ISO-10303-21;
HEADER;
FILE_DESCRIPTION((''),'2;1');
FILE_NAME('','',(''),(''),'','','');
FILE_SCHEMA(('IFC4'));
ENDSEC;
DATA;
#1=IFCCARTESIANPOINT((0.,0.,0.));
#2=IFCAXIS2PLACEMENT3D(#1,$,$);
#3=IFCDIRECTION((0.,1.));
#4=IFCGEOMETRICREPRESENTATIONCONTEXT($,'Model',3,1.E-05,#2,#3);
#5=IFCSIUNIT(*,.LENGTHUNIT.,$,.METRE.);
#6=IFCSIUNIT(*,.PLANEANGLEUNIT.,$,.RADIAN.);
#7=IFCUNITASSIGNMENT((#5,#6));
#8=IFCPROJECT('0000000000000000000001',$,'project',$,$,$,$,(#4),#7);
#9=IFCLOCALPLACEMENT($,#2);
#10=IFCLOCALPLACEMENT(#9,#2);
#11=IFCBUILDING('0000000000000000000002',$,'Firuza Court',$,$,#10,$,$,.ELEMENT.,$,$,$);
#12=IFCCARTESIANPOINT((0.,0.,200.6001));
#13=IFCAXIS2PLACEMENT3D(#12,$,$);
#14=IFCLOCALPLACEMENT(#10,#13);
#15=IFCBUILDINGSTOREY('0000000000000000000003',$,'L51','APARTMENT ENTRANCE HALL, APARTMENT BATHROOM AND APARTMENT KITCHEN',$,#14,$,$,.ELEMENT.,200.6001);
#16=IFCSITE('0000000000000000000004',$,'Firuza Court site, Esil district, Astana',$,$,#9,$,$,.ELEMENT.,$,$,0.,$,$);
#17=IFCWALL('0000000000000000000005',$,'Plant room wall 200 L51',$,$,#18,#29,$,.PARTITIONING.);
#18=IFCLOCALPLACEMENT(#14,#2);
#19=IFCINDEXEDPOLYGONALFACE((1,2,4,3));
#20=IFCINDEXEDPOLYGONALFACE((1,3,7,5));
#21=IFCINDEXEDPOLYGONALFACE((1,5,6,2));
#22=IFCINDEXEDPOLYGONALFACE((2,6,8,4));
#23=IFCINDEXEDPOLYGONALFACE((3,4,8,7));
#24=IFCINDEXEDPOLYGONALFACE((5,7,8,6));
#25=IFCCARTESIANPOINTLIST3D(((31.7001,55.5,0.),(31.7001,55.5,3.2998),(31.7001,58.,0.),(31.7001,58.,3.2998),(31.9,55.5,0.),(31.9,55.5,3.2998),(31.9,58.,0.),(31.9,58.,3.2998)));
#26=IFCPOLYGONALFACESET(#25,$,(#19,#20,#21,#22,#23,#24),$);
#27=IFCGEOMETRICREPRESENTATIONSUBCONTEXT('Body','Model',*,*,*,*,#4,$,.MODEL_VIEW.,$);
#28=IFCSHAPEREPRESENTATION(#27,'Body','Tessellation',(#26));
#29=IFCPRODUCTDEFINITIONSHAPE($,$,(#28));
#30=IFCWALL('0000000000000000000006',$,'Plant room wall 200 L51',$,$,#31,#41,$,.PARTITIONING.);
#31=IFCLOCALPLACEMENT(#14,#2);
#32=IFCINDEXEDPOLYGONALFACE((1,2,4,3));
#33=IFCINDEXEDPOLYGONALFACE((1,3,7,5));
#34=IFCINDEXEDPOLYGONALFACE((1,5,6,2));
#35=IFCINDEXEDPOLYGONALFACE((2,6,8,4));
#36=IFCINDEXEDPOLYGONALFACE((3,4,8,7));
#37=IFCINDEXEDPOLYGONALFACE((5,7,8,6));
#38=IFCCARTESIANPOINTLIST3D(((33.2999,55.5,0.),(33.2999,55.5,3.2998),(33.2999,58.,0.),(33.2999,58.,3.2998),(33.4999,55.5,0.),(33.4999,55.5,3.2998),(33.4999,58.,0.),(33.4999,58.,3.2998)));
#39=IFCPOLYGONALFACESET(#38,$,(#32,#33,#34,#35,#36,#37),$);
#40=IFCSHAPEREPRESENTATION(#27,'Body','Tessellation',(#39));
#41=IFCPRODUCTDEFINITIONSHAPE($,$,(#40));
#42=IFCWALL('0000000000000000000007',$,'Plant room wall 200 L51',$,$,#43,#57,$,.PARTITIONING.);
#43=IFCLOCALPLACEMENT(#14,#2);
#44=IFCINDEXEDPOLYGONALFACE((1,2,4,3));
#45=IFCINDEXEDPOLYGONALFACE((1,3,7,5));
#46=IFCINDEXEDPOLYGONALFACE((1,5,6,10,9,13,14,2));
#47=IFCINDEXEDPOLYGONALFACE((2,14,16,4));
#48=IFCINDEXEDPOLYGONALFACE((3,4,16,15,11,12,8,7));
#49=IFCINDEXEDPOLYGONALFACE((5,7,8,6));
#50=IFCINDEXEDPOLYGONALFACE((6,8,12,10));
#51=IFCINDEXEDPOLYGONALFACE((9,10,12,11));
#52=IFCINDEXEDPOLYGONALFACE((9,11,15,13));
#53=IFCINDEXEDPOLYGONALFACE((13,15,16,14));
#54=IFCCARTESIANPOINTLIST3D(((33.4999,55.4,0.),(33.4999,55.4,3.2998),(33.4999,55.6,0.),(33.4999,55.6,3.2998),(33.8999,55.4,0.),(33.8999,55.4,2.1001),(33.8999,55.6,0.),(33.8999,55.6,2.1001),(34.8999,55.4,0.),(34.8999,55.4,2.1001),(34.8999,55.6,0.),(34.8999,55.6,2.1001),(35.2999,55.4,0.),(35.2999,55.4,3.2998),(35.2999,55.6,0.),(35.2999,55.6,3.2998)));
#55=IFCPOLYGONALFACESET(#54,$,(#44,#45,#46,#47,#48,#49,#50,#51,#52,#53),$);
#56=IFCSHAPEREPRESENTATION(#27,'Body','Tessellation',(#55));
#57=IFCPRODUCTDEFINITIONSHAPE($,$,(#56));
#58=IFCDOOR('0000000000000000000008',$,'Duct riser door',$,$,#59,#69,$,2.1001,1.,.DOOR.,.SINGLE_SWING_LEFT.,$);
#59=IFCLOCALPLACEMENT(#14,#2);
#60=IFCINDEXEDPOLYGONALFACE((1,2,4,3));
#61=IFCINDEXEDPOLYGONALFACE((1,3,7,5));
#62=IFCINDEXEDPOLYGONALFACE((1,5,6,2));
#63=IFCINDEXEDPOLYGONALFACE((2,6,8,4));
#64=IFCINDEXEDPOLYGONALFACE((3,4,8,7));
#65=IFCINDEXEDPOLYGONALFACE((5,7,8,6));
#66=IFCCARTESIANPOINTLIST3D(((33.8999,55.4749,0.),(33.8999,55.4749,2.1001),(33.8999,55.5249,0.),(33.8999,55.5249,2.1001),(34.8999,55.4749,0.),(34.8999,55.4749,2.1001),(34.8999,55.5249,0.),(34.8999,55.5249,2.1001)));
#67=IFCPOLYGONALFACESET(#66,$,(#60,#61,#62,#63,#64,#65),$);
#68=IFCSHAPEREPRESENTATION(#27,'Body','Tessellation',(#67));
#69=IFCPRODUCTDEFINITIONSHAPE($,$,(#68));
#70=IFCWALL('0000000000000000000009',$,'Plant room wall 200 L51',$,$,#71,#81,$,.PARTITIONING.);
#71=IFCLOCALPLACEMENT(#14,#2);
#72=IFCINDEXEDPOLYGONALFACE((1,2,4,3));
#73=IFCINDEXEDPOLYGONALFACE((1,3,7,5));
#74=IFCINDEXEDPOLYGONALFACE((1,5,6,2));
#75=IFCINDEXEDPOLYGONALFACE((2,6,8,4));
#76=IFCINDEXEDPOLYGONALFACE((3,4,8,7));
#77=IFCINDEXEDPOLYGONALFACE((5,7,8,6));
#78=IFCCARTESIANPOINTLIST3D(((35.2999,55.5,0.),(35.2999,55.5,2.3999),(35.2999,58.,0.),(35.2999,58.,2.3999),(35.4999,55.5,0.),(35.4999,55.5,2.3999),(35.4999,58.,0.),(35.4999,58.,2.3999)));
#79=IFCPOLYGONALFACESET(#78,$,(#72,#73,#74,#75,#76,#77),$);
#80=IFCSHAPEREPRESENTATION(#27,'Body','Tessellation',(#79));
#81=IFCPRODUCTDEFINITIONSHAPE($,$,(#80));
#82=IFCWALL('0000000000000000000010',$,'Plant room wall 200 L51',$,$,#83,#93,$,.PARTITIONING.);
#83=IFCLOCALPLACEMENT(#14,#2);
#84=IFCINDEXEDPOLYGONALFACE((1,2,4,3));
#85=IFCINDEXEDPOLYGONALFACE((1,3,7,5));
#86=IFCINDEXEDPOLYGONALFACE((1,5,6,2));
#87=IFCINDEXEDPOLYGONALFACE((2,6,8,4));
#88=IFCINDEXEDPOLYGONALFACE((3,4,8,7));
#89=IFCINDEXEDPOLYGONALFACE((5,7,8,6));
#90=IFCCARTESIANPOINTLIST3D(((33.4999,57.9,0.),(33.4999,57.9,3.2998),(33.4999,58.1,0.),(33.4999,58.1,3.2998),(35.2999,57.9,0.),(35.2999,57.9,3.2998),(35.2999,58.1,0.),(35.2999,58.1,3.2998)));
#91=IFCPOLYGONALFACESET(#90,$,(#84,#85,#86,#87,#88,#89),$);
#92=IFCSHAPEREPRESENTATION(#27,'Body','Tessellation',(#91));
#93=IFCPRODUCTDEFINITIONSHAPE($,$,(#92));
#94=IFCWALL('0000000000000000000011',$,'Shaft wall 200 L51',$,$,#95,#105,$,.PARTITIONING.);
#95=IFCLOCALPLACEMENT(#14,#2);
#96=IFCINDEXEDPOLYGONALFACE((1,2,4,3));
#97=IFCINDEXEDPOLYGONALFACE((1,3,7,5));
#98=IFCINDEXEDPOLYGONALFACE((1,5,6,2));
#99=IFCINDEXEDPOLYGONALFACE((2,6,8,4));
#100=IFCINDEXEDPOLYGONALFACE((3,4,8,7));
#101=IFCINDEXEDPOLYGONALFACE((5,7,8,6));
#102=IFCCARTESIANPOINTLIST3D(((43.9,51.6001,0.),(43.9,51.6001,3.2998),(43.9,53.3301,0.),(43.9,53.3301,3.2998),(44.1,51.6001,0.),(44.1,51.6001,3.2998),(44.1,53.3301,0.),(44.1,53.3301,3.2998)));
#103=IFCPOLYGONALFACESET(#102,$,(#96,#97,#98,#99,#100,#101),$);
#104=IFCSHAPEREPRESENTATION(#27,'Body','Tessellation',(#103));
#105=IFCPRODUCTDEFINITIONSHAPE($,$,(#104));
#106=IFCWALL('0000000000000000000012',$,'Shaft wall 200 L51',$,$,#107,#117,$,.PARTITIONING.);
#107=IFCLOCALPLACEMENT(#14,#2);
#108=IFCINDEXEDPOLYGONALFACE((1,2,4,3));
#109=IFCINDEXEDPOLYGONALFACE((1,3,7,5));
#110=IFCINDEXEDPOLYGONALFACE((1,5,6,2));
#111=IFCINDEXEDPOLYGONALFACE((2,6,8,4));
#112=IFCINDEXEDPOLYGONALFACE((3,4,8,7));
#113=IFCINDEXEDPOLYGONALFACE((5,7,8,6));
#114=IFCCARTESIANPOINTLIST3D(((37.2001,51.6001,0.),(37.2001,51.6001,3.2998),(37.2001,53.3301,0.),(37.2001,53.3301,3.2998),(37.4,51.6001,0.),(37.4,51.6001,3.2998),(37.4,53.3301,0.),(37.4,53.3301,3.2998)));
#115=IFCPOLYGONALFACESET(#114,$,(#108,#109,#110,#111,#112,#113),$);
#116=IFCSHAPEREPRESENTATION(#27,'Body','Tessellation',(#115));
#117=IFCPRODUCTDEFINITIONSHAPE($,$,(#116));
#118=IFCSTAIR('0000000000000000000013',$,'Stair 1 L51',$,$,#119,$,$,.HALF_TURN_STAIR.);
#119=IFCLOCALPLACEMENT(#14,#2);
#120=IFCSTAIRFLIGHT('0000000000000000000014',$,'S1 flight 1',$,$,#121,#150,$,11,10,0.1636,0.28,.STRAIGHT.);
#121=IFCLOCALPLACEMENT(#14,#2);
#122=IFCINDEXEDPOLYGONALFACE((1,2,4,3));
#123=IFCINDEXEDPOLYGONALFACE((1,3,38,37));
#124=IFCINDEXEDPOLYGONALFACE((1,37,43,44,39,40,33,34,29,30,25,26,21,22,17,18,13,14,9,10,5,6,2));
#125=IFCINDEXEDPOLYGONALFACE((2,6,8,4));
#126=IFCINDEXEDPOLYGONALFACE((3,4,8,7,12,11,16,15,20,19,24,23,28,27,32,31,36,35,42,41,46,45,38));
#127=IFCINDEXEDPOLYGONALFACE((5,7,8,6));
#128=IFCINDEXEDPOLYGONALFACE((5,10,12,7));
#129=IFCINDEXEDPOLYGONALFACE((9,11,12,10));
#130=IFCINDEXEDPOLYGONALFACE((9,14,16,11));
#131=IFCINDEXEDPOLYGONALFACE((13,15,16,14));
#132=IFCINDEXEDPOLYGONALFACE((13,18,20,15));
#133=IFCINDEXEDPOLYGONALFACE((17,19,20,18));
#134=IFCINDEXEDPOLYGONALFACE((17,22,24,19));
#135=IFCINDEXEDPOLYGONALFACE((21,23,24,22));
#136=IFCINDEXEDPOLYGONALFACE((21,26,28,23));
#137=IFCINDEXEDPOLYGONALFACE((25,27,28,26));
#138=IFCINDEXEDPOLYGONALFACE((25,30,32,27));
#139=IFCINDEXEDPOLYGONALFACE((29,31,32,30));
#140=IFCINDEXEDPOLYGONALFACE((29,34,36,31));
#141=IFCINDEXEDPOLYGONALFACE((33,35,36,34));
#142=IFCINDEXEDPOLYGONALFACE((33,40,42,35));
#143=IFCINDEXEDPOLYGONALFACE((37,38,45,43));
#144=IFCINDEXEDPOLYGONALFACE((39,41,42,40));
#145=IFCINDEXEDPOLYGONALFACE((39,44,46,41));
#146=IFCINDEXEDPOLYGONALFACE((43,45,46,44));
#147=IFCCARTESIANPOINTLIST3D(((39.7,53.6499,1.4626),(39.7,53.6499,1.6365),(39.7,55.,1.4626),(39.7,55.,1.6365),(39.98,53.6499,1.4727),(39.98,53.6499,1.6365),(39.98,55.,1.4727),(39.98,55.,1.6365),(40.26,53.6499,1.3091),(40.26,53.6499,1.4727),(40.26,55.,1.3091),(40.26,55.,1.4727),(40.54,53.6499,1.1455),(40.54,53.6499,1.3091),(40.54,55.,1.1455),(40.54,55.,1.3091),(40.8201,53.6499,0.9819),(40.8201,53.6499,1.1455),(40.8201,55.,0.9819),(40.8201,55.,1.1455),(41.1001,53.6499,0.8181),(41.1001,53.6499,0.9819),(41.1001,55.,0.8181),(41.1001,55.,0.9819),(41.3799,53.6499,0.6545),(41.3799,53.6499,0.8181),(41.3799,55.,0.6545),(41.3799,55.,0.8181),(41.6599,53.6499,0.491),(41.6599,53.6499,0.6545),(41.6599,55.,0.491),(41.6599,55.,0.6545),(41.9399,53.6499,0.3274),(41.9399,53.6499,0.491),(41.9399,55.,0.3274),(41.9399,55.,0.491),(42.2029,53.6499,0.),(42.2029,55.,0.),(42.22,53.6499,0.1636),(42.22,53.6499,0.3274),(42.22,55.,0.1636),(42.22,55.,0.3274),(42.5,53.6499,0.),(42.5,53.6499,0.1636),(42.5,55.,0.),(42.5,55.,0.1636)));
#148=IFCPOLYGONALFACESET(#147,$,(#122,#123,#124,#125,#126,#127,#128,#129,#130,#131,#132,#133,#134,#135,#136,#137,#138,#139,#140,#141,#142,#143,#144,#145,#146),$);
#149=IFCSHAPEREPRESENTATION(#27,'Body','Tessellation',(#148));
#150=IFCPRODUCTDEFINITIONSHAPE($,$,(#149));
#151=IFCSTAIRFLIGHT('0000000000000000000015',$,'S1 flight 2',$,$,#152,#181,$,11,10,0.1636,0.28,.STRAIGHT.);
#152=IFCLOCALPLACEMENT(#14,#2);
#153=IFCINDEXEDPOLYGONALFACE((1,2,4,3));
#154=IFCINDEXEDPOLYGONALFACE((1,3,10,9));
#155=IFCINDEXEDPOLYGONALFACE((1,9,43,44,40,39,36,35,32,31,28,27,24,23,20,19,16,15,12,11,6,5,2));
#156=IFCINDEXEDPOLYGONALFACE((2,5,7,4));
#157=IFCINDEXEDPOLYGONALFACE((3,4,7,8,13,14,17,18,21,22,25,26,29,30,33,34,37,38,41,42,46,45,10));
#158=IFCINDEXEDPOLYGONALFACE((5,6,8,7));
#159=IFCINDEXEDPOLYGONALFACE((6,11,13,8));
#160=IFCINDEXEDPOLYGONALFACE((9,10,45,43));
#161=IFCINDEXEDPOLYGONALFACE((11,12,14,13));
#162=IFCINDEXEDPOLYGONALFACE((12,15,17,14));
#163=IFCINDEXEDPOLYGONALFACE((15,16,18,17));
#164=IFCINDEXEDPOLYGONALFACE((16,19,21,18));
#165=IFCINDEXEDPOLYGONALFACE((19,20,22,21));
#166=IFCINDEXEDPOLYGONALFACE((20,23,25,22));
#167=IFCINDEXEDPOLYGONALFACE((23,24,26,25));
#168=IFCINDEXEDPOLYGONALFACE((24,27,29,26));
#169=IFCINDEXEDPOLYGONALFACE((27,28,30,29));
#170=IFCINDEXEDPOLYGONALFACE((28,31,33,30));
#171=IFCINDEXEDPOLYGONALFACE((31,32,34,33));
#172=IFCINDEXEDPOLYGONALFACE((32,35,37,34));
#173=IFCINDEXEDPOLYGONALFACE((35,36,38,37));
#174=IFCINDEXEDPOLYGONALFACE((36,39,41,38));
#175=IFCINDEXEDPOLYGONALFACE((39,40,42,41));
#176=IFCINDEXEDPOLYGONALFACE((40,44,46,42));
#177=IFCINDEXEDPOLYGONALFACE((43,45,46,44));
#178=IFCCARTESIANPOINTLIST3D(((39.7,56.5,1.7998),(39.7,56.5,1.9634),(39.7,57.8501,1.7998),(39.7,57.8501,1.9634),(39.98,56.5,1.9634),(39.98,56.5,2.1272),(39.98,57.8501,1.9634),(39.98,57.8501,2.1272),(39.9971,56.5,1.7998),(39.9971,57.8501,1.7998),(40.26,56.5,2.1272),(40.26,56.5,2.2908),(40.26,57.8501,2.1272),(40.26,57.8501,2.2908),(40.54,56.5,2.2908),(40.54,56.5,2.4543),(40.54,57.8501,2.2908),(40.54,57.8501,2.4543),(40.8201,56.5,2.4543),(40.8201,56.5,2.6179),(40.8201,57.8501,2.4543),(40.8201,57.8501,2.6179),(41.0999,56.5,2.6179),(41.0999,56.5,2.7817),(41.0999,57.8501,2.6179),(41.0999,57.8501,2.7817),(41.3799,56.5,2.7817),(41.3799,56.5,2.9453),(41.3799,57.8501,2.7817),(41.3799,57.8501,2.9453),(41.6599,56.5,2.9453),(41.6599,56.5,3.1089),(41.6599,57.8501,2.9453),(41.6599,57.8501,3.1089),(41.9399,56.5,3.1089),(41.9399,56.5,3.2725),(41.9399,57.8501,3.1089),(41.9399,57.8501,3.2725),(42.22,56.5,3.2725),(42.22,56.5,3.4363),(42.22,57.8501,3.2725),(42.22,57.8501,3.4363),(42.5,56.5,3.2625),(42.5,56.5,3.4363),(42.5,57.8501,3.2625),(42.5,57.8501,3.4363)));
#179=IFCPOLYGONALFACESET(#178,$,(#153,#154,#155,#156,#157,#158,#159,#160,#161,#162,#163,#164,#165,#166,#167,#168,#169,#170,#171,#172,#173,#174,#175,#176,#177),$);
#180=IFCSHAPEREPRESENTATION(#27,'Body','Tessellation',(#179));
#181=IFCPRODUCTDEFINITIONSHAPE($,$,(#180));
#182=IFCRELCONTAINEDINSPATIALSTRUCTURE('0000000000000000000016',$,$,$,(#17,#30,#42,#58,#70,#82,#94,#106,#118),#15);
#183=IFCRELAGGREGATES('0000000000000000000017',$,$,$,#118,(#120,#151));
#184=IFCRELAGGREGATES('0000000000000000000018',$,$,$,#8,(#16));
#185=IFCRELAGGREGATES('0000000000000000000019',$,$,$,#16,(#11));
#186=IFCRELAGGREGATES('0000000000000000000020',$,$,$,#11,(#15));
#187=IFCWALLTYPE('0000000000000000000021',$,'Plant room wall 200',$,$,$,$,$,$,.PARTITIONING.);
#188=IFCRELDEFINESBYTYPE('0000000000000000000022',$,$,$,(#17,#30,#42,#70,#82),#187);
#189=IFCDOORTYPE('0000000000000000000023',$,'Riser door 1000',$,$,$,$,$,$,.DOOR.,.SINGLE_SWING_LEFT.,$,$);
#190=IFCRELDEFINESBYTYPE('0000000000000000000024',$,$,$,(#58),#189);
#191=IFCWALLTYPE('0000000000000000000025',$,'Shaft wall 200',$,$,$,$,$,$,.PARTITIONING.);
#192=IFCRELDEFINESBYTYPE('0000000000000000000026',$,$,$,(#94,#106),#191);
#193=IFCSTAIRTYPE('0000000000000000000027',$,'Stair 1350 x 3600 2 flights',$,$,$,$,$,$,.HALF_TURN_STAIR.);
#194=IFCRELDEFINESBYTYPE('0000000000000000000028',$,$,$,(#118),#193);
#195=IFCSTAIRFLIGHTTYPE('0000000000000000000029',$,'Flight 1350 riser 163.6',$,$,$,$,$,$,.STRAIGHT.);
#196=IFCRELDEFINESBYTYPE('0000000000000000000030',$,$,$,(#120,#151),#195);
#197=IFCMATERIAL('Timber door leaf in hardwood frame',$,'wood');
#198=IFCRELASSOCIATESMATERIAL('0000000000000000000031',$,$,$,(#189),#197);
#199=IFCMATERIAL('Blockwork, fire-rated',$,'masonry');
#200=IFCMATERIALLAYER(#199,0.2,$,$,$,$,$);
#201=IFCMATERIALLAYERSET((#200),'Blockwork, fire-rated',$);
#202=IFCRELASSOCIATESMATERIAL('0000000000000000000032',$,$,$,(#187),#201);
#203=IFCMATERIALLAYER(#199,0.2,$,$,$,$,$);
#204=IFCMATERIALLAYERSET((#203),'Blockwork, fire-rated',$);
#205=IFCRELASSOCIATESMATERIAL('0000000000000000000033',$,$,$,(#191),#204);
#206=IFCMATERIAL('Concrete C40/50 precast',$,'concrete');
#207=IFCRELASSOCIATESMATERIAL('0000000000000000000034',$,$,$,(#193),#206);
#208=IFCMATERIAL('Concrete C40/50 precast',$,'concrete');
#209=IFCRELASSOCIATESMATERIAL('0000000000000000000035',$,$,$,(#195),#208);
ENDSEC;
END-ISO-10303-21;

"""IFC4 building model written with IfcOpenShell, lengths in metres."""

from ifc_helpers import new_model, si_unit, direction, frame, frame_2d, origin, place, context, subcontext, project, spatial, polyline, rectangle, outline, extrude, material, layer, layer_set, type_object, element, fill, aggregate, save


model = new_model("IFC4")

# Units and contexts
model_context = context("Model", 3, precision=1e-05, world=origin(), true_north=direction((0.0, 1.0)))
body_context = subcontext(model_context, "Body", "Model", "MODEL_VIEW")
ifc_project = project(units=[si_unit("LENGTHUNIT", "METRE"), si_unit("PLANEANGLEUNIT", "RADIAN")], contexts=[model_context])

# Site, building, storey
site_placement = place(None, origin())
site = spatial("IfcSite", under=ifc_project, at=site_placement, Name="Firuza Court site, Esil district, Astana", CompositionType="ELEMENT", RefElevation=0.0)
building_placement = place(site_placement, origin())
building = spatial("IfcBuilding", under=site, at=building_placement, Name="Firuza Court", CompositionType="ELEMENT")
storey_placement = place(building_placement, frame((0.0, 0.0, 200.6001)))
storey = spatial("IfcBuildingStorey", under=building, at=storey_placement, Name="L51", Description="APARTMENT ENTRANCE HALL, APARTMENT BATHROOM AND APARTMENT KITCHEN", CompositionType="ELEMENT", Elevation=200.6001)

# Shared definitions
ifc_material_1 = material(Name="Timber door leaf in hardwood frame", Category="wood")
door_type_1 = type_object("IfcDoorType", Name="Riser door 1000", OperationType="SINGLE_SWING_LEFT", PredefinedType="DOOR", material=ifc_material_1)

# Walls
ifc_material_2 = material(Name="Blockwork, fire-rated", Category="masonry")
ifc_layer_1 = layer(ifc_material_2, 0.2)
ifc_layer_set_1 = layer_set([ifc_layer_1], Name="Blockwork, fire-rated")
wall_type_1 = type_object("IfcWallType", Name="Plant room wall 200", PredefinedType="PARTITIONING", material=ifc_layer_set_1)
for number, where, z_axis, x_axis, name in (
    (1, (31.8, 55.5, 0.0), (0.0, 0.0, 1.0), (0.0, 1.0, 0.0), "Plant room wall 200 L51"),
    (2, (33.3999, 55.5, 0.0), (0.0, 0.0, 1.0), (0.0, 1.0, 0.0), "Plant room wall 200 L51"),
):
    element("IfcWall", number, at=place(storey_placement, frame(where, z_axis=z_axis, x_axis=x_axis)), inside=storey, type_object=wall_type_1, Name=name, PredefinedType="PARTITIONING", context=body_context, shape_type="SweptSolid", body=[
        extrude(rectangle(XDim=2.5, YDim=0.2, at=frame_2d((1.25, 0.0))), origin(), (0.0, 0.0, 1.0), 3.2998),
    ])

# Wall, opening, door
wall_1_placement = place(storey_placement, frame((33.5, 55.5, 0.0), z_axis=(0.0, 0.0, 1.0), x_axis=(1.0, 0.0, 0.0)))
wall_1 = element("IfcWall", 3, at=wall_1_placement, inside=storey, type_object=wall_type_1, Name="Plant room wall 200 L51", PredefinedType="PARTITIONING", context=body_context, shape_type="SweptSolid", body=[
    extrude(rectangle(XDim=1.8, YDim=0.2, at=frame_2d((0.8999, 0.0))), origin(), (0.0, 0.0, 1.0), 3.2998),
])
opening_1_placement = place(wall_1_placement, frame((0.3999, 0.0, 0.0)))
opening_1 = element("IfcOpeningElement", 4, at=opening_1_placement, cuts=wall_1, PredefinedType="OPENING", context=body_context, shape_type="SweptSolid", body=[
    extrude(rectangle(XDim=1.0, YDim=2.1001, at=frame_2d((0.5, 1.05))), frame((0.0, 0.1118, 0.0), z_axis=(0.0, -1.0, 0.0), x_axis=(1.0, 0.0, 0.0)), (0.0, 0.0, 1.0), 0.2239),
])
door_1_placement = place(opening_1_placement, origin())
door_1 = element("IfcDoor", 5, at=door_1_placement, inside=storey, type_object=door_type_1, Name="Duct riser door", OperationType="SINGLE_SWING_LEFT", OverallHeight=2.1001, OverallWidth=1.0, PredefinedType="DOOR", context=body_context, shape_type="SweptSolid", body=[
    extrude(rectangle(XDim=1.0, YDim=2.1001, at=frame_2d((0.5, 1.05))), frame((0.0, 0.0249, 0.0), z_axis=(0.0, -1.0, 0.0), x_axis=(1.0, 0.0, 0.0)), (0.0, 0.0, 1.0), 0.05),
])
fill(opening_1, door_1)

# Walls
wall_2_placement = place(storey_placement, frame((35.3999, 55.5, 0.0), z_axis=(0.0, 0.0, 1.0), x_axis=(0.0, 1.0, 0.0)))
element("IfcWall", 6, at=wall_2_placement, inside=storey, type_object=wall_type_1, Name="Plant room wall 200 L51", PredefinedType="PARTITIONING", context=body_context, shape_type="SweptSolid", body=[
    extrude(rectangle(XDim=2.5, YDim=0.2, at=frame_2d((1.25, 0.0))), origin(), (0.0, 0.0, 1.0), 2.3999),
])
wall_3_placement = place(storey_placement, frame((33.5, 58.0, 0.0), z_axis=(0.0, 0.0, 1.0), x_axis=(1.0, 0.0, 0.0)))
element("IfcWall", 7, at=wall_3_placement, inside=storey, type_object=wall_type_1, Name="Plant room wall 200 L51", PredefinedType="PARTITIONING", context=body_context, shape_type="SweptSolid", body=[
    extrude(rectangle(XDim=1.8, YDim=0.2, at=frame_2d((0.8999, 0.0))), origin(), (0.0, 0.0, 1.0), 3.2998),
])
ifc_layer_2 = layer(ifc_material_2, 0.2)
ifc_layer_set_2 = layer_set([ifc_layer_2], Name="Blockwork, fire-rated")
wall_type_2 = type_object("IfcWallType", Name="Shaft wall 200", PredefinedType="PARTITIONING", material=ifc_layer_set_2)
for number, where, z_axis, x_axis, name in (
    (8, (44.0, 51.6001, 0.0), (0.0, 0.0, 1.0), (0.0, 1.0, 0.0), "Shaft wall 200 L51"),
    (9, (37.3, 51.6001, 0.0), (0.0, 0.0, 1.0), (0.0, 1.0, 0.0), "Shaft wall 200 L51"),
):
    element("IfcWall", number, at=place(storey_placement, frame(where, z_axis=z_axis, x_axis=x_axis)), inside=storey, type_object=wall_type_2, Name=name, PredefinedType="PARTITIONING", context=body_context, shape_type="SweptSolid", body=[
        extrude(rectangle(XDim=1.73, YDim=0.2, at=frame_2d((0.865, 0.0))), origin(), (0.0, 0.0, 1.0), 3.2998),
    ])

# Stair, stair flights
ifc_material_3 = material(Name="Concrete C40/50 precast", Category="concrete")
stair_type = type_object("IfcStairType", Name="Stair 1350 x 3600 2 flights", PredefinedType="HALF_TURN_STAIR", material=ifc_material_3)
stair_placement = place(storey_placement, origin())
stair = element("IfcStair", 10, at=stair_placement, inside=storey, type_object=stair_type, Name="Stair 1 L51", PredefinedType="HALF_TURN_STAIR")
ifc_material_4 = material(Name="Concrete C40/50 precast", Category="concrete")
stair_flight_type = type_object("IfcStairFlightType", Name="Flight 1350 riser 163.6", PredefinedType="STRAIGHT", material=ifc_material_4)
stair_flight_1_placement = place(storey_placement, frame((42.5, 54.325, 0.0), z_axis=(0.0, 0.0, 1.0), x_axis=(-1.0, 0.0, 0.0)))
stair_flight_1 = element("IfcStairFlight", 11, at=stair_flight_1_placement, type_object=stair_flight_type, Name="S1 flight 1", NumberOfRisers=11, NumberOfTreads=10, PredefinedType="STRAIGHT", RiserHeight=0.1636, TreadLength=0.28, context=body_context, shape_type="SweptSolid", body=[
    extrude(outline(polyline([(0.0, 0.0), (0.0, 0.1636), (0.28, 0.1636), (0.28, 0.3274), (0.5601, 0.3274), (0.5601, 0.491), (0.8401, 0.491), (0.8401, 0.6545), (1.1201, 0.6545), (1.1201, 0.8181), (1.3999, 0.8181), (1.3999, 0.9819), (1.6799, 0.9819), (1.6799, 1.1455), (1.96, 1.1455), (1.96, 1.3091), (2.24, 1.3091), (2.24, 1.4727), (2.52, 1.4727), (2.52, 1.6365), (2.8, 1.6365), (2.8, 1.8), (2.8, 1.4626), (0.2971, 0.0), (0.0, 0.0)])), frame((0.0, 0.675, 0.0), z_axis=(0.0, -1.0, 0.0), x_axis=(1.0, 0.0, 0.0)), (0.0, 0.0, 1.0), 1.3501),
])
stair_flight_2_placement = place(storey_placement, frame((39.7, 57.175, 1.7998), z_axis=(0.0, 0.0, 1.0), x_axis=(1.0, 0.0, 0.0)))
stair_flight_2 = element("IfcStairFlight", 12, at=stair_flight_2_placement, type_object=stair_flight_type, Name="S1 flight 2", NumberOfRisers=11, NumberOfTreads=10, PredefinedType="STRAIGHT", RiserHeight=0.1636, TreadLength=0.28, context=body_context, shape_type="SweptSolid", body=[
    extrude(outline(polyline([(0.0, 0.0), (0.0, 0.1636), (0.28, 0.1636), (0.28, 0.3274), (0.5601, 0.3274), (0.5601, 0.491), (0.8401, 0.491), (0.8401, 0.6545), (1.1201, 0.6545), (1.1201, 0.8181), (1.3999, 0.8181), (1.3999, 0.9819), (1.6799, 0.9819), (1.6799, 1.1455), (1.96, 1.1455), (1.96, 1.3091), (2.24, 1.3091), (2.24, 1.4727), (2.52, 1.4727), (2.52, 1.6365), (2.8, 1.6365), (2.8, 1.8), (2.8, 1.4626), (0.2971, 0.0), (0.0, 0.0)])), frame((0.0, 0.675, 0.0), z_axis=(0.0, -1.0, 0.0), x_axis=(1.0, 0.0, 0.0)), (0.0, 0.0, 1.0), 1.3501),
])
aggregate(stair, [stair_flight_1, stair_flight_2])

save(model, "model.ifc")
